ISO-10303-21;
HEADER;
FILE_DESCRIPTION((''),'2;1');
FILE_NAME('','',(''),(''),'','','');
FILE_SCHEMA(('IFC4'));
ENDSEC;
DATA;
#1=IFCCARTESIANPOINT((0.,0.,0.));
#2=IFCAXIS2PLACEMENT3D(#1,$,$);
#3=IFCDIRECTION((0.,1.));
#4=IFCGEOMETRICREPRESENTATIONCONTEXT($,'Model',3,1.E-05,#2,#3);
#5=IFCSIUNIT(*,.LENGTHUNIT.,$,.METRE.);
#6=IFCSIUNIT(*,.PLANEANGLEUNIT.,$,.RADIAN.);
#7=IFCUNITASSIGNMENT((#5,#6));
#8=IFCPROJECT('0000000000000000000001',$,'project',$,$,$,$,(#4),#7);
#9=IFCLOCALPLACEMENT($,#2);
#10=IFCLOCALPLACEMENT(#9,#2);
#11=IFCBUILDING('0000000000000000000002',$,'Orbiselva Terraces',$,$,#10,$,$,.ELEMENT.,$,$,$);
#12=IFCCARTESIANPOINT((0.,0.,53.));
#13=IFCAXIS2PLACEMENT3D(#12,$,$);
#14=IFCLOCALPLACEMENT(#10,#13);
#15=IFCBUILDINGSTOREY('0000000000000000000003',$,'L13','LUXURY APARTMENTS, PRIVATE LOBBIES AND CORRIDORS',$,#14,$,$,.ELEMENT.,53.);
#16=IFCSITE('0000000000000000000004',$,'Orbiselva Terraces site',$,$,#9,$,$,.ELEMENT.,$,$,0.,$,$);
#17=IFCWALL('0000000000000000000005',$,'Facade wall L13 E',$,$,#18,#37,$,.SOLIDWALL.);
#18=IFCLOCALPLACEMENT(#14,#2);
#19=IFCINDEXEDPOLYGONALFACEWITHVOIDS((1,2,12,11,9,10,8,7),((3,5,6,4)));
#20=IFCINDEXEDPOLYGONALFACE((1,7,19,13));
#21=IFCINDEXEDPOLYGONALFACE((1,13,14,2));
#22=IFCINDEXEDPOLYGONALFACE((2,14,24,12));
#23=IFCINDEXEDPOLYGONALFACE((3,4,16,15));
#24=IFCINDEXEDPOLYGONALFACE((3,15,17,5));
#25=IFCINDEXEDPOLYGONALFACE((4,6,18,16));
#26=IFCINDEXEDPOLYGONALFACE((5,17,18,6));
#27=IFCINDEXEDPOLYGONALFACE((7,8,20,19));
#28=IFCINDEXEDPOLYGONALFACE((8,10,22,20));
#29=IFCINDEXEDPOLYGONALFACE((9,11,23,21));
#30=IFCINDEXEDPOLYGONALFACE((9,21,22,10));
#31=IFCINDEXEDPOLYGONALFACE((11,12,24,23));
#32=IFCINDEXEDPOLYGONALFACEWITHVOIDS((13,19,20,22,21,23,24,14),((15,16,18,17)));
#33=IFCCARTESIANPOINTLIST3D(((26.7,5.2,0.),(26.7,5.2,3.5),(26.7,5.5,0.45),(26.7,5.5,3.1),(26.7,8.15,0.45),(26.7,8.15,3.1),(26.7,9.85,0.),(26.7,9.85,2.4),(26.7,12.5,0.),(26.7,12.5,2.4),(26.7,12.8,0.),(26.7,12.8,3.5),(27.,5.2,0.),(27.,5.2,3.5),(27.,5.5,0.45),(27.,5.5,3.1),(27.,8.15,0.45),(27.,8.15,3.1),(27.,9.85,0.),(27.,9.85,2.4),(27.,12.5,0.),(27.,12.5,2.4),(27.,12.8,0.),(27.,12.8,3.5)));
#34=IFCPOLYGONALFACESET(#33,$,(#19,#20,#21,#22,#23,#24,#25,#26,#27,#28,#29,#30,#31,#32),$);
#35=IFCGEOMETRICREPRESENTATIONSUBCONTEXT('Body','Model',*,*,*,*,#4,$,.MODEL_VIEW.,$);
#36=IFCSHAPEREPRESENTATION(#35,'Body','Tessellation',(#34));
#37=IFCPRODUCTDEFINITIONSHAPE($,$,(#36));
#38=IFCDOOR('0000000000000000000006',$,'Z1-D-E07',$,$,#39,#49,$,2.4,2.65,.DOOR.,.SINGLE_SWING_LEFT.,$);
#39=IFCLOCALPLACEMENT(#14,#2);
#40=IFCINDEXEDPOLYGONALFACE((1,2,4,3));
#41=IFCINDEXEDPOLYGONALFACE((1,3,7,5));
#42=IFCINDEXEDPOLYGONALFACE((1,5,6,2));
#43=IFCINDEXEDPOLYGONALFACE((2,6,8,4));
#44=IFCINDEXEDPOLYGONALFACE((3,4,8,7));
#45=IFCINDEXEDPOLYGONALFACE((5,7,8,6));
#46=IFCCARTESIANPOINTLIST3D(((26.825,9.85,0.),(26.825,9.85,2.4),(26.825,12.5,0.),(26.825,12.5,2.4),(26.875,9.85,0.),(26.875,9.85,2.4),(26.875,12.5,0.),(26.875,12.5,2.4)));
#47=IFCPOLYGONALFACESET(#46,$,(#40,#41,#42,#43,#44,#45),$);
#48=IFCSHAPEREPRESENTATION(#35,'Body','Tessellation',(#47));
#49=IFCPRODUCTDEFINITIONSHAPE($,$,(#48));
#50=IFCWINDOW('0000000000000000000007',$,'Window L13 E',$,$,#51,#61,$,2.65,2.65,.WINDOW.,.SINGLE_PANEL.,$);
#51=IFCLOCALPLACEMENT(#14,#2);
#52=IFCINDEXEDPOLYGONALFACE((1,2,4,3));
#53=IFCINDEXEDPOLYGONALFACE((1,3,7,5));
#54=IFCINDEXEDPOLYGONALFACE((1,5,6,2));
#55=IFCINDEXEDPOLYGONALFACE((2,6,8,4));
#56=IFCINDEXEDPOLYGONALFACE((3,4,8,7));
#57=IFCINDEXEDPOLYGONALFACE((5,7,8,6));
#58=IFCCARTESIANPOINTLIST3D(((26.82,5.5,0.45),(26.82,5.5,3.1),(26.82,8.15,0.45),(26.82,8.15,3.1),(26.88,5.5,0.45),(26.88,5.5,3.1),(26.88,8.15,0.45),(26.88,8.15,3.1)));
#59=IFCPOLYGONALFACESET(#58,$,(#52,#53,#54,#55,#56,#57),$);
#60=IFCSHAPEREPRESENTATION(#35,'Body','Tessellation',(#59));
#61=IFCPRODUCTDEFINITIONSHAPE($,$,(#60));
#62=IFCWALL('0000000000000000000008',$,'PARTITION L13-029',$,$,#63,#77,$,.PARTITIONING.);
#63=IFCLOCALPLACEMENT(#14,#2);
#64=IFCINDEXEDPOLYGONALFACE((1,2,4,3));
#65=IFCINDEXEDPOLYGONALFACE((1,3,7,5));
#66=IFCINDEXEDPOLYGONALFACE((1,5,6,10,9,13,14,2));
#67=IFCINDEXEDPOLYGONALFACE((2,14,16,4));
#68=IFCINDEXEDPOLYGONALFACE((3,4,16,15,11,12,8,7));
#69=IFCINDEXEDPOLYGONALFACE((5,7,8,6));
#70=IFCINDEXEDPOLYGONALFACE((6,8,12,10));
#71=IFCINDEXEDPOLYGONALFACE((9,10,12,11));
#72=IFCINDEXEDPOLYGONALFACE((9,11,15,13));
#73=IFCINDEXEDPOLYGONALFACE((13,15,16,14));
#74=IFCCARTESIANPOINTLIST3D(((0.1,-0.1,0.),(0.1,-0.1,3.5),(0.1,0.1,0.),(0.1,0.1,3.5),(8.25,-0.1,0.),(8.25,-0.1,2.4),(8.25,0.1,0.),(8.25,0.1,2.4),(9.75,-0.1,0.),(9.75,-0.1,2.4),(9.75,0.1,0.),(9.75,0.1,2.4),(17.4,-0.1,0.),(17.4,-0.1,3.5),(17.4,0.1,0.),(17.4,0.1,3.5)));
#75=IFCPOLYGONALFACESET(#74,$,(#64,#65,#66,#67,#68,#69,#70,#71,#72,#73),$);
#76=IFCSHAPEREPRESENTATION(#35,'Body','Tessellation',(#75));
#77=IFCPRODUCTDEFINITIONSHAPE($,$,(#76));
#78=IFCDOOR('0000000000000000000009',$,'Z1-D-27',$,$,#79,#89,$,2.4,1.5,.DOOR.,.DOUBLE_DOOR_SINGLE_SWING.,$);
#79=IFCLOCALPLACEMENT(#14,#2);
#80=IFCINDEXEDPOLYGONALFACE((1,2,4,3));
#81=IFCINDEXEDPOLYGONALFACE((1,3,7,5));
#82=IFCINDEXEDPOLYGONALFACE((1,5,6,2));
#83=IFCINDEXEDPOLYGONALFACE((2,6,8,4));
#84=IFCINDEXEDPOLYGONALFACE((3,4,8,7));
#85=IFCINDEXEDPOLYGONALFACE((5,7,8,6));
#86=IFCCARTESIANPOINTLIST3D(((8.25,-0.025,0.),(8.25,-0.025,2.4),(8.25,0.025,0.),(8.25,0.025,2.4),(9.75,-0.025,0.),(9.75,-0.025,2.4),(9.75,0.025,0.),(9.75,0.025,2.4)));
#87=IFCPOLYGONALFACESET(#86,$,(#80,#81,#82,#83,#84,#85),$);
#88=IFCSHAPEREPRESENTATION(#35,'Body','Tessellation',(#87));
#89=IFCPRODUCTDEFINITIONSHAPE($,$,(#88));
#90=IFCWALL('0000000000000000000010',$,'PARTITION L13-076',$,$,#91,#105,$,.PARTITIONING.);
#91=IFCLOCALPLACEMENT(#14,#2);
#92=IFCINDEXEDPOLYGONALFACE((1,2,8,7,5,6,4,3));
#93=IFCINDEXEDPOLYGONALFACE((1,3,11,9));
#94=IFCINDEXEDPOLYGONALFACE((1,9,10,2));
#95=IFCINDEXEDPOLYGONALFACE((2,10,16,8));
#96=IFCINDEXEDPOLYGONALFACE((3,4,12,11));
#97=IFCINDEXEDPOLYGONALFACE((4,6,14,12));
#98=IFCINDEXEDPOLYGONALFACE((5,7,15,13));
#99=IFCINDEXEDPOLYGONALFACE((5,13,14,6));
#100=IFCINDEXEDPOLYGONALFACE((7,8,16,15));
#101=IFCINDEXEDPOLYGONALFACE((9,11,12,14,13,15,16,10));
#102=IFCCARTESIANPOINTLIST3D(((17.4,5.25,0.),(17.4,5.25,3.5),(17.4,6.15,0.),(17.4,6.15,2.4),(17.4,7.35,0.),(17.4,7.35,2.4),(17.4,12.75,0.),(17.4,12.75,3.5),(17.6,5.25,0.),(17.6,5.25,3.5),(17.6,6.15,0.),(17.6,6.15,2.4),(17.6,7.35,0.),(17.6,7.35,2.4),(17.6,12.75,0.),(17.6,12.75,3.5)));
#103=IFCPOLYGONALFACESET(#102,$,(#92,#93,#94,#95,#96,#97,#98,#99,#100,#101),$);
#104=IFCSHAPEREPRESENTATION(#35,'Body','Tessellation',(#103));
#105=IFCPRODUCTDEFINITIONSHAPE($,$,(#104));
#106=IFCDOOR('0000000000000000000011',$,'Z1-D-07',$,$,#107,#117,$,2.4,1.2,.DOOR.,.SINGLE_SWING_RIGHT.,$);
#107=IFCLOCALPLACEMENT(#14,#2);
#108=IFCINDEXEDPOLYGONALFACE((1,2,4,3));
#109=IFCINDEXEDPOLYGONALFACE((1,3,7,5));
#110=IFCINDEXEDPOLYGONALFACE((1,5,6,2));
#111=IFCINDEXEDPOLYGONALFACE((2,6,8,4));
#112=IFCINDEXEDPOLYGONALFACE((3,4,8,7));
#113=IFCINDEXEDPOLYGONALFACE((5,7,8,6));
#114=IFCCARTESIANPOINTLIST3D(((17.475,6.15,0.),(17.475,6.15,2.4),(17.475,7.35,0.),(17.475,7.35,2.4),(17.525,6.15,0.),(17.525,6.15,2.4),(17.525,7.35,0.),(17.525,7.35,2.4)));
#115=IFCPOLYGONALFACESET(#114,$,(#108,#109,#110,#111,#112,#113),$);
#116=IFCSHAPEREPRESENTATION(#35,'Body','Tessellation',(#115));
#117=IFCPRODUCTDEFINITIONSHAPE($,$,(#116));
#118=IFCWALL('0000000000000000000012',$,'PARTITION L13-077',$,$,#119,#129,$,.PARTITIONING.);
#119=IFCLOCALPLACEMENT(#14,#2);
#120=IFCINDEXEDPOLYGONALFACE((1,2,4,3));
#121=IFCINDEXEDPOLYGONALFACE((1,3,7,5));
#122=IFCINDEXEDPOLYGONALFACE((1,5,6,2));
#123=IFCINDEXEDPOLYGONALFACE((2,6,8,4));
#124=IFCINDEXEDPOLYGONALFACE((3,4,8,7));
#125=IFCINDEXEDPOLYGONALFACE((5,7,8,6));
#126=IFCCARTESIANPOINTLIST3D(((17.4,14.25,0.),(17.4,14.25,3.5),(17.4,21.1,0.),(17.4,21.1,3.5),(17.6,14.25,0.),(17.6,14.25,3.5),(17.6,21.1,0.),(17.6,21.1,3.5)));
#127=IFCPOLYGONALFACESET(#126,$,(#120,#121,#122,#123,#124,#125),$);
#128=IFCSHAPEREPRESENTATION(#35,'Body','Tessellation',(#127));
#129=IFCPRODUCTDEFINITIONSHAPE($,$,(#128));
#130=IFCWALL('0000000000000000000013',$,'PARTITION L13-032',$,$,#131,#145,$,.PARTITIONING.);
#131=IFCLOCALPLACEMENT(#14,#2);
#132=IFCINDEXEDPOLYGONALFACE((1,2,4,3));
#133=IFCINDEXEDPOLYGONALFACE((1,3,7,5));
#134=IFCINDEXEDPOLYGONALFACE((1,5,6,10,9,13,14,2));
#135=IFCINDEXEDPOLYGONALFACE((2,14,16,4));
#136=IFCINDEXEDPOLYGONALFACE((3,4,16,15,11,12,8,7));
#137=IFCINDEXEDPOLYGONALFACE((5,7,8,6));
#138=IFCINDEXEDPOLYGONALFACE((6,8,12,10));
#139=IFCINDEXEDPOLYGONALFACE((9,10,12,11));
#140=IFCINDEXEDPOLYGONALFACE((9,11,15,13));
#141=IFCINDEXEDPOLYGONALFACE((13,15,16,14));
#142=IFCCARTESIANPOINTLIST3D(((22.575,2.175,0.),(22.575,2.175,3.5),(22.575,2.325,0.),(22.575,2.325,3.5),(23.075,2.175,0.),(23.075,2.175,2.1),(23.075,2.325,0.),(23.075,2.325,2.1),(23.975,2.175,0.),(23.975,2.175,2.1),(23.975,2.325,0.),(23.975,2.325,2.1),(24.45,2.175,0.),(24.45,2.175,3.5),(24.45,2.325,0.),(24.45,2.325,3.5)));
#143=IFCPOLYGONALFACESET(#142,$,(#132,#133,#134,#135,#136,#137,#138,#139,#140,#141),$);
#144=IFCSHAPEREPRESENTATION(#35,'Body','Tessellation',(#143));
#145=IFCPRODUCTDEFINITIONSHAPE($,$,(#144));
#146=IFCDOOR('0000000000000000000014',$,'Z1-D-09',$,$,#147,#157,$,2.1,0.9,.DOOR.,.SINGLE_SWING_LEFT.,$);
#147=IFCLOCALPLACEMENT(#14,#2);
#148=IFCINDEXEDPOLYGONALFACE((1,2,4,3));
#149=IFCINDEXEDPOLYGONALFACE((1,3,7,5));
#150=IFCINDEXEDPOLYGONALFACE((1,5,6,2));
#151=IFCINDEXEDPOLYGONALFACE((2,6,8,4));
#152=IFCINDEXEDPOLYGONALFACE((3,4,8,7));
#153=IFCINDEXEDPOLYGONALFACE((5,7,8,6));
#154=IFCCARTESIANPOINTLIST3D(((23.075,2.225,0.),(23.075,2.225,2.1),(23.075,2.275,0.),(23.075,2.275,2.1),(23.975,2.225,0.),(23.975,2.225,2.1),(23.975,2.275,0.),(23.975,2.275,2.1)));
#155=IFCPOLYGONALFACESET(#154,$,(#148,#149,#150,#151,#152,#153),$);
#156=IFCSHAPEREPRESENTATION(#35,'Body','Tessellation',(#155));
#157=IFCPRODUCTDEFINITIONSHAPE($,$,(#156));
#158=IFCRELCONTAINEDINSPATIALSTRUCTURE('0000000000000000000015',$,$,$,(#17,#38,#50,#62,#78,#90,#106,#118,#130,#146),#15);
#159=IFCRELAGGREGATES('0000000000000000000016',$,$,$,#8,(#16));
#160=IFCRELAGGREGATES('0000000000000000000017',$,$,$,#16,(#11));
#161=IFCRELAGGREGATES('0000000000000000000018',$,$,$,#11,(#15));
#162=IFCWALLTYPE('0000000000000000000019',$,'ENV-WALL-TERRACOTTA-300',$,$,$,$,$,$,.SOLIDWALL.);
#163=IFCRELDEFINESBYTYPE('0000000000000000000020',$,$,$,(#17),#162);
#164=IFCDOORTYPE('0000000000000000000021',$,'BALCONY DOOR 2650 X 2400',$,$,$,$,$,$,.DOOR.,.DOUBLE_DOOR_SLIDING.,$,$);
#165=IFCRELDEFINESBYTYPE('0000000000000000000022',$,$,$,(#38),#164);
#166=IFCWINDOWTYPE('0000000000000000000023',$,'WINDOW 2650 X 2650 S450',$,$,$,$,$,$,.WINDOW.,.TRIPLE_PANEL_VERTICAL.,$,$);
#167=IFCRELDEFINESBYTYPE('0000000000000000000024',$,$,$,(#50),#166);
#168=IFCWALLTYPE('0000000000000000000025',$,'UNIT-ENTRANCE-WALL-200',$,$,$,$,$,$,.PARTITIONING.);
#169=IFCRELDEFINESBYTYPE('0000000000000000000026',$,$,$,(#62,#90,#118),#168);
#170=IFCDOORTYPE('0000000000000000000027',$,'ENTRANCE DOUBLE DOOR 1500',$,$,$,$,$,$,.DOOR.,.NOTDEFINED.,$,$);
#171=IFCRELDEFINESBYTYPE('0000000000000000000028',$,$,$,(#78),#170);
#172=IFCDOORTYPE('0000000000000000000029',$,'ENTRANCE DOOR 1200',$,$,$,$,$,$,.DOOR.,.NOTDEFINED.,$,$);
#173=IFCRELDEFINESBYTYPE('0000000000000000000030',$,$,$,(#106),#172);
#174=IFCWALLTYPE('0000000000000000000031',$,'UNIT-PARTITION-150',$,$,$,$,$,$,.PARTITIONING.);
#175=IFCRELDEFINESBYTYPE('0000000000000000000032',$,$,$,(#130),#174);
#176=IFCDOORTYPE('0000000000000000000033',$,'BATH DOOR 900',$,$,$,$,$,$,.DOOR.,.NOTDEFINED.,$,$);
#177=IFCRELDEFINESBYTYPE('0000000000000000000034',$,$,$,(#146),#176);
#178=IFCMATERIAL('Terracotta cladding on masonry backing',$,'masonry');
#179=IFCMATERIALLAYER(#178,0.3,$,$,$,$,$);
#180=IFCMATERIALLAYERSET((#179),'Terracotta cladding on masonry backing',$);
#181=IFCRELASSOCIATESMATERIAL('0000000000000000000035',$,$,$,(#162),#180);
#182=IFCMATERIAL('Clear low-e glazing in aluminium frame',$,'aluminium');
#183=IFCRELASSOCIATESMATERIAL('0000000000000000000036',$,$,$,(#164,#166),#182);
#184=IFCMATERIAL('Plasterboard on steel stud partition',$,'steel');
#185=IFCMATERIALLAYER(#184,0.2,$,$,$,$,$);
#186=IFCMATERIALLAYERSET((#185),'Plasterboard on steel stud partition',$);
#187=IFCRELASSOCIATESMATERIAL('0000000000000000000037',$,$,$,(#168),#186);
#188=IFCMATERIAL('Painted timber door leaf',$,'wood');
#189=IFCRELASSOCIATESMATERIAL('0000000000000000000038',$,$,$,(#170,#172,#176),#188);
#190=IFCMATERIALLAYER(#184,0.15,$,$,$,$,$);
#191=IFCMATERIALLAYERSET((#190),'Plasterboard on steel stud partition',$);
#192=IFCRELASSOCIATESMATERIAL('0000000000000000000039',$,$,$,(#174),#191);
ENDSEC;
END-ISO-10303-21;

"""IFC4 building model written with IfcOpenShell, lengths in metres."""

from ifc_helpers import new_model, si_unit, direction, frame, frame_2d, origin, place, context, subcontext, project, spatial, rectangle, extrude, material, layer, layer_set, type_object, element, fill, save


model = new_model("IFC4")

# Units and contexts
model_context = context("Model", 3, precision=1e-05, world=origin(), true_north=direction((0.0, 1.0)))
body_context = subcontext(model_context, "Body", "Model", "MODEL_VIEW")
ifc_project = project(units=[si_unit("LENGTHUNIT", "METRE"), si_unit("PLANEANGLEUNIT", "RADIAN")], contexts=[model_context])

# Site, building, storey
site_placement = place(None, origin())
site = spatial("IfcSite", under=ifc_project, at=site_placement, Name="Orbiselva Terraces site", CompositionType="ELEMENT", RefElevation=0.0)
building_placement = place(site_placement, origin())
building = spatial("IfcBuilding", under=site, at=building_placement, Name="Orbiselva Terraces", CompositionType="ELEMENT")
storey_placement = place(building_placement, frame((0.0, 0.0, 53.0)))
storey = spatial("IfcBuildingStorey", under=building, at=storey_placement, Name="L13", Description="LUXURY APARTMENTS, PRIVATE LOBBIES AND CORRIDORS", CompositionType="ELEMENT", Elevation=53.0)

# Wall, openings, door, window
ifc_material_1 = material(Name="Terracotta cladding on masonry backing", Category="masonry")
ifc_layer_1 = layer(ifc_material_1, 0.3)
ifc_layer_set_1 = layer_set([ifc_layer_1], Name="Terracotta cladding on masonry backing")
wall_type_1 = type_object("IfcWallType", Name="ENV-WALL-TERRACOTTA-300", PredefinedType="SOLIDWALL", material=ifc_layer_set_1)
ifc_material_2 = material(Name="Clear low-e glazing in aluminium frame", Category="aluminium")
door_type_1 = type_object("IfcDoorType", Name="BALCONY DOOR 2650 X 2400", OperationType="DOUBLE_DOOR_SLIDING", PredefinedType="DOOR", material=ifc_material_2)
window_type = type_object("IfcWindowType", Name="WINDOW 2650 X 2650 S450", PartitioningType="TRIPLE_PANEL_VERTICAL", PredefinedType="WINDOW", material=ifc_material_2)
wall_1_placement = place(storey_placement, frame((26.85, 12.8, 0.0), z_axis=(0.0, 0.0, 1.0), x_axis=(0.0, -1.0, 0.0)))
wall_1 = element("IfcWall", 1, at=wall_1_placement, inside=storey, type_object=wall_type_1, Name="Facade wall L13 E", PredefinedType="SOLIDWALL", context=body_context, shape_type="SweptSolid", body=[
    extrude(rectangle(XDim=7.6, YDim=0.3, at=frame_2d((3.8, 0.0))), origin(), (0.0, 0.0, 1.0), 3.5),
])
opening_1_placement = place(wall_1_placement, frame((4.65, 0.0, 0.45)))
opening_1 = element("IfcOpeningElement", 2, at=opening_1_placement, cuts=wall_1, PredefinedType="OPENING", context=body_context, shape_type="SweptSolid", body=[
    extrude(rectangle(XDim=2.65, YDim=2.65, at=frame_2d((1.325, 1.325))), frame((0.0, 0.16, 0.0), z_axis=(0.0, -1.0, 0.0), x_axis=(1.0, 0.0, 0.0)), (0.0, 0.0, 1.0), 0.32),
])
opening_2_placement = place(wall_1_placement, frame((0.3, 0.0, 0.0)))
opening_2 = element("IfcOpeningElement", 3, at=opening_2_placement, cuts=wall_1, PredefinedType="OPENING", context=body_context, shape_type="SweptSolid", body=[
    extrude(rectangle(XDim=2.65, YDim=2.4, at=frame_2d((1.325, 1.2))), frame((0.0, 0.16, 0.0), z_axis=(0.0, -1.0, 0.0), x_axis=(1.0, 0.0, 0.0)), (0.0, 0.0, 1.0), 0.32),
])
door_1_placement = place(opening_2_placement, origin())
door_1 = element("IfcDoor", 4, at=door_1_placement, inside=storey, type_object=door_type_1, Name="Z1-D-E07", OperationType="SINGLE_SWING_LEFT", OverallHeight=2.4, OverallWidth=2.65, PredefinedType="DOOR", context=body_context, shape_type="SweptSolid", body=[
    extrude(rectangle(XDim=2.65, YDim=2.4, at=frame_2d((1.325, 1.2))), frame((0.0, 0.025, 0.0), z_axis=(0.0, -1.0, 0.0), x_axis=(1.0, 0.0, 0.0)), (0.0, 0.0, 1.0), 0.05),
])
fill(opening_2, door_1)
window_1_placement = place(opening_1_placement, origin())
window_1 = element("IfcWindow", 5, at=window_1_placement, inside=storey, type_object=window_type, Name="Window L13 E", OverallHeight=2.65, OverallWidth=2.65, PartitioningType="SINGLE_PANEL", PredefinedType="WINDOW", context=body_context, shape_type="SweptSolid", body=[
    extrude(rectangle(XDim=2.65, YDim=2.65, at=frame_2d((1.325, 1.325))), frame((0.0, 0.03, 0.0), z_axis=(0.0, -1.0, 0.0), x_axis=(1.0, 0.0, 0.0)), (0.0, 0.0, 1.0), 0.06),
])
fill(opening_1, window_1)

# Walls, openings, doors
ifc_material_3 = material(Name="Plasterboard on steel stud partition", Category="steel")
ifc_layer_2 = layer(ifc_material_3, 0.2)
ifc_layer_set_2 = layer_set([ifc_layer_2], Name="Plasterboard on steel stud partition")
wall_type_2 = type_object("IfcWallType", Name="UNIT-ENTRANCE-WALL-200", PredefinedType="PARTITIONING", material=ifc_layer_set_2)
wall_2_placement = place(storey_placement, frame((17.4, 0.0, 0.0), z_axis=(0.0, 0.0, 1.0), x_axis=(-1.0, 0.0, 0.0)))
wall_2 = element("IfcWall", 6, at=wall_2_placement, inside=storey, type_object=wall_type_2, Name="PARTITION L13-029", PredefinedType="PARTITIONING", context=body_context, shape_type="SweptSolid", body=[
    extrude(rectangle(XDim=17.3, YDim=0.2, at=frame_2d((8.65, 0.0))), origin(), (0.0, 0.0, 1.0), 3.5),
])
opening_3_placement = place(wall_2_placement, frame((7.65, 0.0, 0.0)))
opening_3 = element("IfcOpeningElement", 7, at=opening_3_placement, cuts=wall_2, PredefinedType="OPENING", context=body_context, shape_type="SweptSolid", body=[
    extrude(rectangle(XDim=1.5, YDim=2.4, at=frame_2d((0.75, 1.2))), frame((0.0, 0.11, 0.0), z_axis=(0.0, -1.0, 0.0), x_axis=(1.0, 0.0, 0.0)), (0.0, 0.0, 1.0), 0.22),
])
ifc_material_4 = material(Name="Painted timber door leaf", Category="wood")
door_type_2 = type_object("IfcDoorType", Name="ENTRANCE DOUBLE DOOR 1500", OperationType="NOTDEFINED", PredefinedType="DOOR", material=ifc_material_4)
door_2_placement = place(opening_3_placement, origin())
door_2 = element("IfcDoor", 8, at=door_2_placement, inside=storey, type_object=door_type_2, Name="Z1-D-27", OperationType="DOUBLE_DOOR_SINGLE_SWING", OverallHeight=2.4, OverallWidth=1.5, PredefinedType="DOOR", context=body_context, shape_type="SweptSolid", body=[
    extrude(rectangle(XDim=1.5, YDim=2.4, at=frame_2d((0.75, 1.2))), frame((0.0, 0.025, 0.0), z_axis=(0.0, -1.0, 0.0), x_axis=(1.0, 0.0, 0.0)), (0.0, 0.0, 1.0), 0.05),
])
fill(opening_3, door_2)
wall_3_placement = place(storey_placement, frame((17.5, 12.75, 0.0), z_axis=(0.0, 0.0, 1.0), x_axis=(0.0, -1.0, 0.0)))
wall_3 = element("IfcWall", 9, at=wall_3_placement, inside=storey, type_object=wall_type_2, Name="PARTITION L13-076", PredefinedType="PARTITIONING", context=body_context, shape_type="SweptSolid", body=[
    extrude(rectangle(XDim=7.5, YDim=0.2, at=frame_2d((3.75, 0.0))), origin(), (0.0, 0.0, 1.0), 3.5),
])
opening_4_placement = place(wall_3_placement, frame((5.4, 0.0, 0.0)))
opening_4 = element("IfcOpeningElement", 10, at=opening_4_placement, cuts=wall_3, PredefinedType="OPENING", context=body_context, shape_type="SweptSolid", body=[
    extrude(rectangle(XDim=1.2, YDim=2.4, at=frame_2d((0.6, 1.2))), frame((0.0, 0.11, 0.0), z_axis=(0.0, -1.0, 0.0), x_axis=(1.0, 0.0, 0.0)), (0.0, 0.0, 1.0), 0.22),
])
door_type_3 = type_object("IfcDoorType", Name="ENTRANCE DOOR 1200", OperationType="NOTDEFINED", PredefinedType="DOOR", material=ifc_material_4)
door_3_placement = place(opening_4_placement, origin())
door_3 = element("IfcDoor", 11, at=door_3_placement, inside=storey, type_object=door_type_3, Name="Z1-D-07", OperationType="SINGLE_SWING_RIGHT", OverallHeight=2.4, OverallWidth=1.2, PredefinedType="DOOR", context=body_context, shape_type="SweptSolid", body=[
    extrude(rectangle(XDim=1.2, YDim=2.4, at=frame_2d((0.6, 1.2))), frame((0.0, 0.025, 0.0), z_axis=(0.0, -1.0, 0.0), x_axis=(1.0, 0.0, 0.0)), (0.0, 0.0, 1.0), 0.05),
])
fill(opening_4, door_3)

# Wall
wall_4_placement = place(storey_placement, frame((17.5, 14.25, 0.0), z_axis=(0.0, 0.0, 1.0), x_axis=(0.0, 1.0, 0.0)))
element("IfcWall", 12, at=wall_4_placement, inside=storey, type_object=wall_type_2, Name="PARTITION L13-077", PredefinedType="PARTITIONING", context=body_context, shape_type="SweptSolid", body=[
    extrude(rectangle(XDim=6.85, YDim=0.2, at=frame_2d((3.425, 0.0))), origin(), (0.0, 0.0, 1.0), 3.5),
])

# Wall, opening, door
ifc_layer_3 = layer(ifc_material_3, 0.15)
ifc_layer_set_3 = layer_set([ifc_layer_3], Name="Plasterboard on steel stud partition")
wall_type_3 = type_object("IfcWallType", Name="UNIT-PARTITION-150", PredefinedType="PARTITIONING", material=ifc_layer_set_3)
wall_5_placement = place(storey_placement, frame((24.45, 2.25, 0.0), z_axis=(0.0, 0.0, 1.0), x_axis=(-1.0, 0.0, 0.0)))
wall_5 = element("IfcWall", 13, at=wall_5_placement, inside=storey, type_object=wall_type_3, Name="PARTITION L13-032", PredefinedType="PARTITIONING", context=body_context, shape_type="SweptSolid", body=[
    extrude(rectangle(XDim=1.875, YDim=0.15, at=frame_2d((0.9375, 0.0))), origin(), (0.0, 0.0, 1.0), 3.5),
])
opening_5_placement = place(wall_5_placement, frame((0.475, 0.0, 0.0)))
opening_5 = element("IfcOpeningElement", 14, at=opening_5_placement, cuts=wall_5, PredefinedType="OPENING", context=body_context, shape_type="SweptSolid", body=[
    extrude(rectangle(XDim=0.9, YDim=2.1, at=frame_2d((0.45, 1.05))), frame((0.0, 0.085, 0.0), z_axis=(0.0, -1.0, 0.0), x_axis=(1.0, 0.0, 0.0)), (0.0, 0.0, 1.0), 0.17),
])
door_type_4 = type_object("IfcDoorType", Name="BATH DOOR 900", OperationType="NOTDEFINED", PredefinedType="DOOR", material=ifc_material_4)
door_4_placement = place(opening_5_placement, origin())
door_4 = element("IfcDoor", 15, at=door_4_placement, inside=storey, type_object=door_type_4, Name="Z1-D-09", OperationType="SINGLE_SWING_LEFT", OverallHeight=2.1, OverallWidth=0.9, PredefinedType="DOOR", context=body_context, shape_type="SweptSolid", body=[
    extrude(rectangle(XDim=0.9, YDim=2.1, at=frame_2d((0.45, 1.05))), frame((0.0, 0.025, 0.0), z_axis=(0.0, -1.0, 0.0), x_axis=(1.0, 0.0, 0.0)), (0.0, 0.0, 1.0), 0.05),
])
fill(opening_5, door_4)

save(model, "model.ifc")
